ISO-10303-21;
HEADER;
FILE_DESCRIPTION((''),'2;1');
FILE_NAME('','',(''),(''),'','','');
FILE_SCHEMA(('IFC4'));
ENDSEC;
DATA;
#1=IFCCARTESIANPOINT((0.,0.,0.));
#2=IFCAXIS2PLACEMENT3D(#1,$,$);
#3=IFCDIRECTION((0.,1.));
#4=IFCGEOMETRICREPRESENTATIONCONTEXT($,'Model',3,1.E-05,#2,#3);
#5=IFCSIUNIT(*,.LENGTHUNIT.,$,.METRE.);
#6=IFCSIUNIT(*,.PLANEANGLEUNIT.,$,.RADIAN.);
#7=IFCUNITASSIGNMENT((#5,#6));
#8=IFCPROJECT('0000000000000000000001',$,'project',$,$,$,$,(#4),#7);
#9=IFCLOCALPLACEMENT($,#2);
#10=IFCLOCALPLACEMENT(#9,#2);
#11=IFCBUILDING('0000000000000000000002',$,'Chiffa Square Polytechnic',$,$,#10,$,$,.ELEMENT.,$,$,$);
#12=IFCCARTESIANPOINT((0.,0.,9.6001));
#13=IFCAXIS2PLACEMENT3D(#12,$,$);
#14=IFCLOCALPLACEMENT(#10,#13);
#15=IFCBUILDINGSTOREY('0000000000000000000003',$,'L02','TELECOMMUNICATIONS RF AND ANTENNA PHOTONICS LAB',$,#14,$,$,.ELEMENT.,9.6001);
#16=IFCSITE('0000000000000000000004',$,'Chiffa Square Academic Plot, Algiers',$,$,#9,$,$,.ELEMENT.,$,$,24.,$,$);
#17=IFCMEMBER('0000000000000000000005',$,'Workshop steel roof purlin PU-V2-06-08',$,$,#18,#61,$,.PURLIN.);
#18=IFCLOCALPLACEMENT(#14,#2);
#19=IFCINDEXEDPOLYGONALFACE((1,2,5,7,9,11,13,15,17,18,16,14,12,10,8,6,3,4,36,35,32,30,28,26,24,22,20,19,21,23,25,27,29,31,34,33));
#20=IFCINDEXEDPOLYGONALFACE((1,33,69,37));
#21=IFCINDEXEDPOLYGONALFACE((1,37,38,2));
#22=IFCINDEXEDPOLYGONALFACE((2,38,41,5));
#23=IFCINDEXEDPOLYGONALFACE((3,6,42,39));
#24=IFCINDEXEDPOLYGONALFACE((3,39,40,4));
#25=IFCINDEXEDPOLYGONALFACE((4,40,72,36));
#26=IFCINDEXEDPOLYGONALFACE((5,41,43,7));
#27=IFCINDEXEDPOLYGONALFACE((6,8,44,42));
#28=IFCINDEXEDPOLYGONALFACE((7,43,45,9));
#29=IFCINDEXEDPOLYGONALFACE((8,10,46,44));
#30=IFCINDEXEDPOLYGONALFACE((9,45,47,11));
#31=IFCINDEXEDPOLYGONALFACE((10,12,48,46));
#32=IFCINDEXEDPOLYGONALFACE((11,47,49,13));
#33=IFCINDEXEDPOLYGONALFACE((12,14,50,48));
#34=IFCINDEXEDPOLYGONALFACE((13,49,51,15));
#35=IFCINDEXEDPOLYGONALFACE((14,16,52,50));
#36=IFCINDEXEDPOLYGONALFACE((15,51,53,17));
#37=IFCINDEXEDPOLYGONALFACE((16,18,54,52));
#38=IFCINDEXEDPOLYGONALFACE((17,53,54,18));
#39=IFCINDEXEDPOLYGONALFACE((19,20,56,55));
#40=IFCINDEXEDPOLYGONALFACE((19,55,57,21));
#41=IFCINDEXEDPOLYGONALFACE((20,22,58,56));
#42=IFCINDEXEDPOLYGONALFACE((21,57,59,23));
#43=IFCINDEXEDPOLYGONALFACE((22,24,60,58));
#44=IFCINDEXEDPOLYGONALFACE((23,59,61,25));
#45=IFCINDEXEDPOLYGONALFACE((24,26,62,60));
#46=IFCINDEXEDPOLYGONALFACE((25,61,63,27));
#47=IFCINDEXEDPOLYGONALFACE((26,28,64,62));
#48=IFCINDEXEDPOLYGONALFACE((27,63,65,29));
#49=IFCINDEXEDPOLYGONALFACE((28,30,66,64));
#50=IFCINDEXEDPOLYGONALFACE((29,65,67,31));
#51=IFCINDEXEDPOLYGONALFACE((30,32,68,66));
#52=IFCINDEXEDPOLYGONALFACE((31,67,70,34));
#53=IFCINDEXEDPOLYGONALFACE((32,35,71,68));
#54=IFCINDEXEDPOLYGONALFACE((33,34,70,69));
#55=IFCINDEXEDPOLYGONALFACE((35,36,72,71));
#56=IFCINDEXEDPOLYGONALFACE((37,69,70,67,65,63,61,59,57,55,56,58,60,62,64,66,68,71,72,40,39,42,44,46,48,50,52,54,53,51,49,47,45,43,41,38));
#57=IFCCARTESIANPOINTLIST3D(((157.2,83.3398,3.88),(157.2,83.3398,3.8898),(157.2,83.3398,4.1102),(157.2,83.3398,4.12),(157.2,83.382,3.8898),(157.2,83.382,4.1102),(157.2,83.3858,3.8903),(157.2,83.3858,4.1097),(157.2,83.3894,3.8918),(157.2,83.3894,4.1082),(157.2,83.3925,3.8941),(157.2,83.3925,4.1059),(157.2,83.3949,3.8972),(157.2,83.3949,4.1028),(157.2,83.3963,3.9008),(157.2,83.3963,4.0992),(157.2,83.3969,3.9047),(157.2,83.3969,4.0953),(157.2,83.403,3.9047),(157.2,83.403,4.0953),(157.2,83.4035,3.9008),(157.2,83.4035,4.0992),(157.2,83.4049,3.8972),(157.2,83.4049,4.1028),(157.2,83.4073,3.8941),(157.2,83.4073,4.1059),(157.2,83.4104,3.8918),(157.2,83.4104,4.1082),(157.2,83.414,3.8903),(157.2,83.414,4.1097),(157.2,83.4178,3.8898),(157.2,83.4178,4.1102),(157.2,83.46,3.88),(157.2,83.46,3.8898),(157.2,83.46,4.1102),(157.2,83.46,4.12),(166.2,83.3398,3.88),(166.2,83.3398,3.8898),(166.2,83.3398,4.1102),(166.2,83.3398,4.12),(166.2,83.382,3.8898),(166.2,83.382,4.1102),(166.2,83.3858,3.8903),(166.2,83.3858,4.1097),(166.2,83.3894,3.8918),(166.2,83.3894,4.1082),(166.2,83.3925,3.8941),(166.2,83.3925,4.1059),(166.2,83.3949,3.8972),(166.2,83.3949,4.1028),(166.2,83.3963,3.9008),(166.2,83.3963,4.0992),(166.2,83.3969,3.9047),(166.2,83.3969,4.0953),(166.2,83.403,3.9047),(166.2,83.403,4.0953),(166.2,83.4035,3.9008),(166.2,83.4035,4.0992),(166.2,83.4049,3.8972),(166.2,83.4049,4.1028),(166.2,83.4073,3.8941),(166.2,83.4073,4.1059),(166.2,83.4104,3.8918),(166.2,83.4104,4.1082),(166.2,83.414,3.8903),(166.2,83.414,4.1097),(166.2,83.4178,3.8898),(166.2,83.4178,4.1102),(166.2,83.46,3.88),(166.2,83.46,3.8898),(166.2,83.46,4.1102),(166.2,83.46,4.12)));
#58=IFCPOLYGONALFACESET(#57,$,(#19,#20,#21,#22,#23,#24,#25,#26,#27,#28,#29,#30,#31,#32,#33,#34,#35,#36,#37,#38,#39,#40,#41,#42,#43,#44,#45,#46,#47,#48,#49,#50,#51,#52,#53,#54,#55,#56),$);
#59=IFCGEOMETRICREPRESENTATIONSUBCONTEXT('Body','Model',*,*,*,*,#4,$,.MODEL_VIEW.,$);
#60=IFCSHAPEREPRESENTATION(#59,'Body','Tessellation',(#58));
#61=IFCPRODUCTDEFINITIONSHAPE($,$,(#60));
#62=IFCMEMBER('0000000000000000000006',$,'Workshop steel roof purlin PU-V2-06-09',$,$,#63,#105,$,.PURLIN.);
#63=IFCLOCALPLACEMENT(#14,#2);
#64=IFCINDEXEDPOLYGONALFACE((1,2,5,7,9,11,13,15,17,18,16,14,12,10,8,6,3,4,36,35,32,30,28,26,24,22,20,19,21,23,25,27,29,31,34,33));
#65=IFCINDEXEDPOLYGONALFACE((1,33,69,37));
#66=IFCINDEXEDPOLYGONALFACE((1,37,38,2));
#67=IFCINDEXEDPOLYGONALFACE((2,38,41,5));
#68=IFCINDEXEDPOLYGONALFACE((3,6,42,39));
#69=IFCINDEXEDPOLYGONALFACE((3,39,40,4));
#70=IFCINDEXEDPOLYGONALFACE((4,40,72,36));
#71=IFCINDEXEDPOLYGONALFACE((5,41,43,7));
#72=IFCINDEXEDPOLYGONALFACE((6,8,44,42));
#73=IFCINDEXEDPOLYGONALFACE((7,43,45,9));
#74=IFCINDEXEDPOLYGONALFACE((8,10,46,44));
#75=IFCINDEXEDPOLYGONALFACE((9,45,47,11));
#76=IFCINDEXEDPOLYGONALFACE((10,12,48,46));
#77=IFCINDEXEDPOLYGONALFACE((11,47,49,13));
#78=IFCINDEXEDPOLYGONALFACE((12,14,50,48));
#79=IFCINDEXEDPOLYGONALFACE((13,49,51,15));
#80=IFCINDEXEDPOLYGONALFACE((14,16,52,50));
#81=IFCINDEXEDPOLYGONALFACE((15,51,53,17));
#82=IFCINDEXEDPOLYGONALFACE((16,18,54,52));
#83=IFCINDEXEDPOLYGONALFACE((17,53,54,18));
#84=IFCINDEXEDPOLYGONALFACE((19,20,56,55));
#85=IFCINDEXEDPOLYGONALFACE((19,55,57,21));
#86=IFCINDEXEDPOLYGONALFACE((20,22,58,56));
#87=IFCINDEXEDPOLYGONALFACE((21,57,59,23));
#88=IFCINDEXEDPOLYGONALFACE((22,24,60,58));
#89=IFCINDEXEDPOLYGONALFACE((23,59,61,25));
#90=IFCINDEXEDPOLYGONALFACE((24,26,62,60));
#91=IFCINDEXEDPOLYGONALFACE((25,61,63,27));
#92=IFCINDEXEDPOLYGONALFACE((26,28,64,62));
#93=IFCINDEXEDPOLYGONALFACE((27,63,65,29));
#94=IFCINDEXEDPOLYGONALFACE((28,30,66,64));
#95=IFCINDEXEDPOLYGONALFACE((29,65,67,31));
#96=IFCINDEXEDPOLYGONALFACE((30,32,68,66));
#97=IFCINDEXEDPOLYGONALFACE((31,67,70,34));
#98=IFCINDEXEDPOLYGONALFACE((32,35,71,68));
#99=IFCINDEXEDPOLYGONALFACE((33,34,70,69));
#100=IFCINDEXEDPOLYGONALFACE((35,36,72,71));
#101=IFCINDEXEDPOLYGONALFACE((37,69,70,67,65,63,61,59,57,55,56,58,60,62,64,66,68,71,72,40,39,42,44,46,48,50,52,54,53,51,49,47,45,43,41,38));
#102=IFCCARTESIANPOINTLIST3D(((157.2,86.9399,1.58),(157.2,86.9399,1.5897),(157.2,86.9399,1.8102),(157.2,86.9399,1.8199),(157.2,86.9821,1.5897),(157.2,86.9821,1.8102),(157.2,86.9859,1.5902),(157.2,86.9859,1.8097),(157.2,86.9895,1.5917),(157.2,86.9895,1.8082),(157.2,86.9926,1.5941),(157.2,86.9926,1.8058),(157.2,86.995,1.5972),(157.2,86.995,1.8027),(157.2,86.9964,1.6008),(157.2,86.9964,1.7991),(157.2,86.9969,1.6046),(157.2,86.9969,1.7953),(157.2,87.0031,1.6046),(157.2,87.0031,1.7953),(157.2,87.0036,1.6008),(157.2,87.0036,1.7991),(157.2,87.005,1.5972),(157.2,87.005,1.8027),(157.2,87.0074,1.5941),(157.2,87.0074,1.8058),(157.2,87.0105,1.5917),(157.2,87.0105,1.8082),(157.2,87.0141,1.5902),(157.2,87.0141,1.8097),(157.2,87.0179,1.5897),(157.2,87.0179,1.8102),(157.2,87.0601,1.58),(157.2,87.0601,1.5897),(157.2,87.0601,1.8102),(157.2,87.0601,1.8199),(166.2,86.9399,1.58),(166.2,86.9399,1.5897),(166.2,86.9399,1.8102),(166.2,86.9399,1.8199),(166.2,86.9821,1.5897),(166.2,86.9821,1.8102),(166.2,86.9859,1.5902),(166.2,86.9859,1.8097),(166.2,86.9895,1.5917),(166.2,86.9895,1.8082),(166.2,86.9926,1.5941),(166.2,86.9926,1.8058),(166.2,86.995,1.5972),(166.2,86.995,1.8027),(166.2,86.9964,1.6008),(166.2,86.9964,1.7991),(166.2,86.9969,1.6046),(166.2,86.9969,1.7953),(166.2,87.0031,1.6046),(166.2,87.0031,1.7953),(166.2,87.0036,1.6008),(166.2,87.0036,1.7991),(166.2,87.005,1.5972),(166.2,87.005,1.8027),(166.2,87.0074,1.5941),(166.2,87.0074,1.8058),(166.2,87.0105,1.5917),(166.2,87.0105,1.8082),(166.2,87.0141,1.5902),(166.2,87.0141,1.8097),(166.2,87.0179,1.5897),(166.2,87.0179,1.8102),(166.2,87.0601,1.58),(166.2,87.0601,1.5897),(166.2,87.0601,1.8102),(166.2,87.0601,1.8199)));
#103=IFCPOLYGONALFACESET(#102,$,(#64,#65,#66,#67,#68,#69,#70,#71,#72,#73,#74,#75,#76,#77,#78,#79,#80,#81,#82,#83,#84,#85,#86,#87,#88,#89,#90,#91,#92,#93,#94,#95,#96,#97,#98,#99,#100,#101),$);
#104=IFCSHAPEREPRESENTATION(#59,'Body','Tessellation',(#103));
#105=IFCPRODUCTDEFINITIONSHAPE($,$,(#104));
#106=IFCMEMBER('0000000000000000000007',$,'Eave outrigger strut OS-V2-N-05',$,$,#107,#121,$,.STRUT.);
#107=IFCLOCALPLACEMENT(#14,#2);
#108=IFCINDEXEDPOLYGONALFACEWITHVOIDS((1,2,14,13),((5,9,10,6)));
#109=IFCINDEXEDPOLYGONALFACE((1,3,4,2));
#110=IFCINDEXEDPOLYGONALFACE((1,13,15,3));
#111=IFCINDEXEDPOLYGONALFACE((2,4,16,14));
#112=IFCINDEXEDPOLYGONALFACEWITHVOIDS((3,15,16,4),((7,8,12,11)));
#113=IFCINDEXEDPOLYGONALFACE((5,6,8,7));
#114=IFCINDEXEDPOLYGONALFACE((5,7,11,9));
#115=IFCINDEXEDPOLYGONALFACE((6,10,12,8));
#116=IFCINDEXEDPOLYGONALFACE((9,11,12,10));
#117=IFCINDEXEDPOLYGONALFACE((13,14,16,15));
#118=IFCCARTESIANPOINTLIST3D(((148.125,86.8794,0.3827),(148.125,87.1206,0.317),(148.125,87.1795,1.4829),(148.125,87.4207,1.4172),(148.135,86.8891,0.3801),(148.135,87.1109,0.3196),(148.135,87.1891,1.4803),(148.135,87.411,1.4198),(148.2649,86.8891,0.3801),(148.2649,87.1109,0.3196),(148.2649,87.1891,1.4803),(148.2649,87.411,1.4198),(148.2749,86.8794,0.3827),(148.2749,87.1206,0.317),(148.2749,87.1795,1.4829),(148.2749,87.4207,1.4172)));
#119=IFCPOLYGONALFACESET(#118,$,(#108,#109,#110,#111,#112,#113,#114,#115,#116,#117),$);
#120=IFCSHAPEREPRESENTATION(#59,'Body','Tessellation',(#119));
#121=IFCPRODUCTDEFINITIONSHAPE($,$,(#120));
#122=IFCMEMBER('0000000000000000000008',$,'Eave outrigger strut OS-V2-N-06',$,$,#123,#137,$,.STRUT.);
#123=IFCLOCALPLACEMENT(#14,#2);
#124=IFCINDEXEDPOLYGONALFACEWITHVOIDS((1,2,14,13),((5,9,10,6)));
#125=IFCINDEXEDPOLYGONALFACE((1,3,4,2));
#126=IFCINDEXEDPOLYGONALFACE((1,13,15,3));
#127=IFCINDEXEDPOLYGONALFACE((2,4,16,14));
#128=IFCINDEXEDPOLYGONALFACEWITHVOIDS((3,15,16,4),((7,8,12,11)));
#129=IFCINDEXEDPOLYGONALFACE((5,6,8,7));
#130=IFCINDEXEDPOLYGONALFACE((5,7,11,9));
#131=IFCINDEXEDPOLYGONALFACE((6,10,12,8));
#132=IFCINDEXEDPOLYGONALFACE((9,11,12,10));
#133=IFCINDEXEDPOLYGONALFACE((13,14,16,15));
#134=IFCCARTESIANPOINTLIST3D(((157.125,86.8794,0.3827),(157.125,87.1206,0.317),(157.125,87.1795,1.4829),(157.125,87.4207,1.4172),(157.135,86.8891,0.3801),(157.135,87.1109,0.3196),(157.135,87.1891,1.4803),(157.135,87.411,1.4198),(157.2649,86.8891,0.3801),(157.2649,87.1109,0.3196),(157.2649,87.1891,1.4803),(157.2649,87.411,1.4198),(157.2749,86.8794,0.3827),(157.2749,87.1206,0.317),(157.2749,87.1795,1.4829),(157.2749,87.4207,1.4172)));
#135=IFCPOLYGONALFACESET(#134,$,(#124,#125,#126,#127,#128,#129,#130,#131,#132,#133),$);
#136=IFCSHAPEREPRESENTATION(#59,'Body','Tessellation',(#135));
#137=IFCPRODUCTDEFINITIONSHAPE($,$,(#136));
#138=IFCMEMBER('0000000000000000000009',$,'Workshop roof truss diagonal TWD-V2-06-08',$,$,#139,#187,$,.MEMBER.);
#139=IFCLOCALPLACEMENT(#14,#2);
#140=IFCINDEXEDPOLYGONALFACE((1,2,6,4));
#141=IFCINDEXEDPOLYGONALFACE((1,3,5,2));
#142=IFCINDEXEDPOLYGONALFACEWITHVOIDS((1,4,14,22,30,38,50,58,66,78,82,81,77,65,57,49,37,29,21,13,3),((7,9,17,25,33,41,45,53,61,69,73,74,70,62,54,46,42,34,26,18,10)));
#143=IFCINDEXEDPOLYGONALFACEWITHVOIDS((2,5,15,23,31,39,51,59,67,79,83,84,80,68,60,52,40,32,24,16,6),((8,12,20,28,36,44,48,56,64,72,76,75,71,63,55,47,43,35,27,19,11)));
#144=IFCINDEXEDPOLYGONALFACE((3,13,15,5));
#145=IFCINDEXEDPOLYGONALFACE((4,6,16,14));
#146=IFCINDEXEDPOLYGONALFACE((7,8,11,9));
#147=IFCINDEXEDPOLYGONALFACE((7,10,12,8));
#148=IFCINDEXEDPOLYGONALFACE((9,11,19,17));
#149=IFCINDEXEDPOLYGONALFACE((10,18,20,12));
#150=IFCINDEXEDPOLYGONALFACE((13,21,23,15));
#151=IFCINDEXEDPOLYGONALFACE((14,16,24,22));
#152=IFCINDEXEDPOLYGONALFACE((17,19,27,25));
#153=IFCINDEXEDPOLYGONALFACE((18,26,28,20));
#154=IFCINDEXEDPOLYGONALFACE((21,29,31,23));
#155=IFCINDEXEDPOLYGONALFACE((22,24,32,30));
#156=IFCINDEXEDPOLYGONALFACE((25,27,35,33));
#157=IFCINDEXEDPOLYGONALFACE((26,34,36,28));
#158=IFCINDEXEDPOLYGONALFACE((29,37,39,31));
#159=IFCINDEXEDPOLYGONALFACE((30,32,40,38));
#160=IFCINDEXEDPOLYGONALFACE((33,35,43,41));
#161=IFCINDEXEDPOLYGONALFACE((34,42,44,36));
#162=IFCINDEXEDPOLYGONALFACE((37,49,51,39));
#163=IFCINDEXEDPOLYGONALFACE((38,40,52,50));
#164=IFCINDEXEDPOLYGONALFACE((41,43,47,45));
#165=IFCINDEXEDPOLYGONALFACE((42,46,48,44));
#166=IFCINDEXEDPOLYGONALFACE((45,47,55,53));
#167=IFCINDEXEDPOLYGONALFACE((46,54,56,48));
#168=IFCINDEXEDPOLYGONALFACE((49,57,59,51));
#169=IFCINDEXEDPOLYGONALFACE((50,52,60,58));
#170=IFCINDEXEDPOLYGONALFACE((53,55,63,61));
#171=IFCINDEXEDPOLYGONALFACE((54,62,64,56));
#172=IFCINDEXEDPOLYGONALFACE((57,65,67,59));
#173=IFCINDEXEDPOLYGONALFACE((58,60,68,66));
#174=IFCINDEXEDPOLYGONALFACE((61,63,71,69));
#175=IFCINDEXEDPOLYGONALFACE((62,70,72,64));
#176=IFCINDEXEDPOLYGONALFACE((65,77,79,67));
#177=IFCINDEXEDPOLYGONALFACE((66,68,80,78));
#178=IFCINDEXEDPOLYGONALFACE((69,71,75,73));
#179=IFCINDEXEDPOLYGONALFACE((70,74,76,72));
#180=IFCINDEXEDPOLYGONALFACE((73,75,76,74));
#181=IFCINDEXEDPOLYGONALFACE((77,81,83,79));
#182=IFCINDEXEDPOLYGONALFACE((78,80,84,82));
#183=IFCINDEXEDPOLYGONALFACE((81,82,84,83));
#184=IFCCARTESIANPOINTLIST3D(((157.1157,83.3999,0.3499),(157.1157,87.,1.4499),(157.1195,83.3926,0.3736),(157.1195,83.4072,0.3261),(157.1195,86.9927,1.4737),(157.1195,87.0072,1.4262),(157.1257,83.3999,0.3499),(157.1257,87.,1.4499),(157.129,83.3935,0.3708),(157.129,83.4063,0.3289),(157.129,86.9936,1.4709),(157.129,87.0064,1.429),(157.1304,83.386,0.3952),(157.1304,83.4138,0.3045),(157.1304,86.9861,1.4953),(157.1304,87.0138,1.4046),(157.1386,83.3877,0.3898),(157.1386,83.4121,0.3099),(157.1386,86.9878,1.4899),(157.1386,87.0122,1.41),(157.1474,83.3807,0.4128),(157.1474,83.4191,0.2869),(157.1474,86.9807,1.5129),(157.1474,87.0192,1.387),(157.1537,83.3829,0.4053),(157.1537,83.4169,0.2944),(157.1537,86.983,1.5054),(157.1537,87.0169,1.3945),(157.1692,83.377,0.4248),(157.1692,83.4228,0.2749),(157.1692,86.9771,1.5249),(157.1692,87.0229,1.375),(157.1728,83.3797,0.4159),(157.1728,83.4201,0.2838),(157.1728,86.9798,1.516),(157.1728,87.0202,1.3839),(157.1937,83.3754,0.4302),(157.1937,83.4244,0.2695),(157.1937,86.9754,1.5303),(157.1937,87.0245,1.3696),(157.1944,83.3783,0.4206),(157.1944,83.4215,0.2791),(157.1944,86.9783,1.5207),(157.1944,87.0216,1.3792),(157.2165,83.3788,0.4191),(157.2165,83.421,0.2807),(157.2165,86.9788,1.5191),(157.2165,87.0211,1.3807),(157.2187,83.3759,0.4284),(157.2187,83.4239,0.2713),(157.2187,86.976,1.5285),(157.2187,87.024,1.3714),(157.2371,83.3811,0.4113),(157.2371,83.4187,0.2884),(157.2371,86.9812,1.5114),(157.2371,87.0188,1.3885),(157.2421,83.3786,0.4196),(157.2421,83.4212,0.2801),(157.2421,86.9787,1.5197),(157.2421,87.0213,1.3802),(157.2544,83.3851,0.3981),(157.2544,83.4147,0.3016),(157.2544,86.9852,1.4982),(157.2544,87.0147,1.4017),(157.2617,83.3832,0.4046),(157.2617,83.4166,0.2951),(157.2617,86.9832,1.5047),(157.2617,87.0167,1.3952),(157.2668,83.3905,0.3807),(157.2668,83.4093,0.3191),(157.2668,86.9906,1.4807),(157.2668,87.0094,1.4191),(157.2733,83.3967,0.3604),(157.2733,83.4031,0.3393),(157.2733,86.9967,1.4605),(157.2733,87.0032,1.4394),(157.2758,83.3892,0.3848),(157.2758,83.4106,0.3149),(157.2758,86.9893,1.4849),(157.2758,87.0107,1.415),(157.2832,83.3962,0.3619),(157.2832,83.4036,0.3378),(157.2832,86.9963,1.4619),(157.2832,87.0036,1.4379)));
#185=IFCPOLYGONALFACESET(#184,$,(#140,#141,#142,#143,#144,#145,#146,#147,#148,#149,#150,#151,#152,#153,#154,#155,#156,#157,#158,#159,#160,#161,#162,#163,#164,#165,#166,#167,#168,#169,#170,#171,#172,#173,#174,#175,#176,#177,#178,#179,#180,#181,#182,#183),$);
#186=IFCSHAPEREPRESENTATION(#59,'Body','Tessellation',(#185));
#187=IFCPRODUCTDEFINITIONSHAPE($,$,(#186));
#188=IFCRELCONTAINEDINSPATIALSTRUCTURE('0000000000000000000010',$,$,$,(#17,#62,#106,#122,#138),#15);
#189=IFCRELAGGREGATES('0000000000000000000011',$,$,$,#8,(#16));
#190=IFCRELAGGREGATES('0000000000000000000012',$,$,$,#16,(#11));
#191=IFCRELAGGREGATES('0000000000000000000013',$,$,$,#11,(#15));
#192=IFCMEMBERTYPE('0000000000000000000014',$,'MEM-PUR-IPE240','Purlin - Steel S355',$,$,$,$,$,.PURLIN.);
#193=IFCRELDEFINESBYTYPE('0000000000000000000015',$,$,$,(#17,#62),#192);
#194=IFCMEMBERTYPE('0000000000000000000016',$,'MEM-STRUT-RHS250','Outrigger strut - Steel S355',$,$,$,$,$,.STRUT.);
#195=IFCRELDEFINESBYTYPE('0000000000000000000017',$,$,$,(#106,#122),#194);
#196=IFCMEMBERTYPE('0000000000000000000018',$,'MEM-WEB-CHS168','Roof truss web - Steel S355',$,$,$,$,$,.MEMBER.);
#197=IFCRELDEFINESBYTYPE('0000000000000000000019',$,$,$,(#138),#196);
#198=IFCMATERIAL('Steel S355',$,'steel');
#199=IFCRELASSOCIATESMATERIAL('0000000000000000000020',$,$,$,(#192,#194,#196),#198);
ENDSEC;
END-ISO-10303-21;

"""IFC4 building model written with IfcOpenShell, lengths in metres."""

from ifc_helpers import new_model, si_unit, direction, frame, origin, origin_2d, place, context, subcontext, project, spatial, hollow_rectangle, hollow_circle, i_section, extrude, material, material_profile, profile_set, type_object, element, save


model = new_model("IFC4")

# Units and contexts
model_context = context("Model", 3, precision=1e-05, world=origin(), true_north=direction((0.0, 1.0)))
body_context = subcontext(model_context, "Body", "Model", "MODEL_VIEW")
ifc_project = project(units=[si_unit("LENGTHUNIT", "METRE"), si_unit("PLANEANGLEUNIT", "RADIAN")], contexts=[model_context])

# Site, building, storey
site_placement = place(None, origin())
site = spatial("IfcSite", under=ifc_project, at=site_placement, Name="Chiffa Square Academic Plot, Algiers", CompositionType="ELEMENT", RefElevation=24.0)
building_placement = place(site_placement, origin())
building = spatial("IfcBuilding", under=site, at=building_placement, Name="Chiffa Square Polytechnic", CompositionType="ELEMENT")
storey_placement = place(building_placement, frame((0.0, 0.0, 9.6001)))
storey = spatial("IfcBuildingStorey", under=building, at=storey_placement, Name="L02", Description="TELECOMMUNICATIONS RF AND ANTENNA PHOTONICS LAB", CompositionType="ELEMENT", Elevation=9.6001)

# Shared definitions
ifc_material_1 = material(Name="Steel S355", Category="steel")

# Members
ifc_material_profile_1 = material_profile(ifc_material_1, i_section(OverallWidth=0.1201, OverallDepth=0.24, WebThickness=0.0061, FlangeThickness=0.0098, FilletRadius=0.0149, at=origin_2d()), Name="IPE 240")
ifc_profile_set_1 = profile_set([ifc_material_profile_1], Name="Steel S355")
member_type_1 = type_object("IfcMemberType", Name="MEM-PUR-IPE240", Description="Purlin - Steel S355", PredefinedType="PURLIN", material=ifc_profile_set_1)
for number, where, z_axis, x_axis, name in (
    (1, (157.2, 83.3999, 4.0), (1.0, 0.0, 0.0), (0.0, 1.0, 0.0), "Workshop steel roof purlin PU-V2-06-08"),
    (2, (157.2, 87.0, 1.7), (1.0, 0.0, 0.0), (0.0, 1.0, 0.0), "Workshop steel roof purlin PU-V2-06-09"),
):
    element("IfcMember", number, at=place(storey_placement, frame(where, z_axis=z_axis, x_axis=x_axis)), inside=storey, type_object=member_type_1, Name=name, PredefinedType="PURLIN", context=body_context, shape_type="SweptSolid", body=[
        extrude(i_section(OverallWidth=0.1201, OverallDepth=0.24, WebThickness=0.0061, FlangeThickness=0.0098, FilletRadius=0.0149, at=origin_2d()), origin(), (0.0, 0.0, 1.0), 9.0),
    ])
ifc_material_profile_2 = material_profile(ifc_material_1, hollow_rectangle(XDim=0.1499, YDim=0.25, WallThickness=0.01, at=origin_2d()), Name="RHS 250x150x10")
ifc_profile_set_2 = profile_set([ifc_material_profile_2], Name="Steel S355")
member_type_2 = type_object("IfcMemberType", Name="MEM-STRUT-RHS250", Description="Outrigger strut - Steel S355", PredefinedType="STRUT", material=ifc_profile_set_2)
for number, where, z_axis, x_axis, name in (
    (3, (148.2, 87.0, 0.3499), (0.0, 0.263136, 0.964759), (-1.0, 0.0, 0.0), "Eave outrigger strut OS-V2-N-05"),
    (4, (157.2, 87.0, 0.3499), (0.0, 0.263136, 0.964759), (-1.0, 0.0, 0.0), "Eave outrigger strut OS-V2-N-06"),
):
    element("IfcMember", number, at=place(storey_placement, frame(where, z_axis=z_axis, x_axis=x_axis)), inside=storey, type_object=member_type_2, Name=name, PredefinedType="STRUT", context=body_context, shape_type="SweptSolid", body=[
        extrude(hollow_rectangle(XDim=0.1499, YDim=0.25, WallThickness=0.01, at=origin_2d()), origin(), (0.0, 0.0, 1.0), 1.1404),
    ])
ifc_material_profile_3 = material_profile(ifc_material_1, hollow_circle(Radius=0.0842, WallThickness=0.01, at=origin_2d()), Name="CHS 168.3x10")
ifc_profile_set_3 = profile_set([ifc_material_profile_3], Name="Steel S355")
member_type_3 = type_object("IfcMemberType", Name="MEM-WEB-CHS168", Description="Roof truss web - Steel S355", PredefinedType="MEMBER", material=ifc_profile_set_3)
member_1_placement = place(storey_placement, frame((157.2, 83.3999, 0.3499), z_axis=(0.0, 0.956347, 0.292235), x_axis=(-1.0, 0.0, 0.0)))
element("IfcMember", 5, at=member_1_placement, inside=storey, type_object=member_type_3, Name="Workshop roof truss diagonal TWD-V2-06-08", PredefinedType="MEMBER", context=body_context, shape_type="SweptSolid", body=[
    extrude(hollow_circle(Radius=0.0842, WallThickness=0.01, at=origin_2d()), origin(), (0.0, 0.0, 1.0), 3.7644),
])

save(model, "model.ifc")
